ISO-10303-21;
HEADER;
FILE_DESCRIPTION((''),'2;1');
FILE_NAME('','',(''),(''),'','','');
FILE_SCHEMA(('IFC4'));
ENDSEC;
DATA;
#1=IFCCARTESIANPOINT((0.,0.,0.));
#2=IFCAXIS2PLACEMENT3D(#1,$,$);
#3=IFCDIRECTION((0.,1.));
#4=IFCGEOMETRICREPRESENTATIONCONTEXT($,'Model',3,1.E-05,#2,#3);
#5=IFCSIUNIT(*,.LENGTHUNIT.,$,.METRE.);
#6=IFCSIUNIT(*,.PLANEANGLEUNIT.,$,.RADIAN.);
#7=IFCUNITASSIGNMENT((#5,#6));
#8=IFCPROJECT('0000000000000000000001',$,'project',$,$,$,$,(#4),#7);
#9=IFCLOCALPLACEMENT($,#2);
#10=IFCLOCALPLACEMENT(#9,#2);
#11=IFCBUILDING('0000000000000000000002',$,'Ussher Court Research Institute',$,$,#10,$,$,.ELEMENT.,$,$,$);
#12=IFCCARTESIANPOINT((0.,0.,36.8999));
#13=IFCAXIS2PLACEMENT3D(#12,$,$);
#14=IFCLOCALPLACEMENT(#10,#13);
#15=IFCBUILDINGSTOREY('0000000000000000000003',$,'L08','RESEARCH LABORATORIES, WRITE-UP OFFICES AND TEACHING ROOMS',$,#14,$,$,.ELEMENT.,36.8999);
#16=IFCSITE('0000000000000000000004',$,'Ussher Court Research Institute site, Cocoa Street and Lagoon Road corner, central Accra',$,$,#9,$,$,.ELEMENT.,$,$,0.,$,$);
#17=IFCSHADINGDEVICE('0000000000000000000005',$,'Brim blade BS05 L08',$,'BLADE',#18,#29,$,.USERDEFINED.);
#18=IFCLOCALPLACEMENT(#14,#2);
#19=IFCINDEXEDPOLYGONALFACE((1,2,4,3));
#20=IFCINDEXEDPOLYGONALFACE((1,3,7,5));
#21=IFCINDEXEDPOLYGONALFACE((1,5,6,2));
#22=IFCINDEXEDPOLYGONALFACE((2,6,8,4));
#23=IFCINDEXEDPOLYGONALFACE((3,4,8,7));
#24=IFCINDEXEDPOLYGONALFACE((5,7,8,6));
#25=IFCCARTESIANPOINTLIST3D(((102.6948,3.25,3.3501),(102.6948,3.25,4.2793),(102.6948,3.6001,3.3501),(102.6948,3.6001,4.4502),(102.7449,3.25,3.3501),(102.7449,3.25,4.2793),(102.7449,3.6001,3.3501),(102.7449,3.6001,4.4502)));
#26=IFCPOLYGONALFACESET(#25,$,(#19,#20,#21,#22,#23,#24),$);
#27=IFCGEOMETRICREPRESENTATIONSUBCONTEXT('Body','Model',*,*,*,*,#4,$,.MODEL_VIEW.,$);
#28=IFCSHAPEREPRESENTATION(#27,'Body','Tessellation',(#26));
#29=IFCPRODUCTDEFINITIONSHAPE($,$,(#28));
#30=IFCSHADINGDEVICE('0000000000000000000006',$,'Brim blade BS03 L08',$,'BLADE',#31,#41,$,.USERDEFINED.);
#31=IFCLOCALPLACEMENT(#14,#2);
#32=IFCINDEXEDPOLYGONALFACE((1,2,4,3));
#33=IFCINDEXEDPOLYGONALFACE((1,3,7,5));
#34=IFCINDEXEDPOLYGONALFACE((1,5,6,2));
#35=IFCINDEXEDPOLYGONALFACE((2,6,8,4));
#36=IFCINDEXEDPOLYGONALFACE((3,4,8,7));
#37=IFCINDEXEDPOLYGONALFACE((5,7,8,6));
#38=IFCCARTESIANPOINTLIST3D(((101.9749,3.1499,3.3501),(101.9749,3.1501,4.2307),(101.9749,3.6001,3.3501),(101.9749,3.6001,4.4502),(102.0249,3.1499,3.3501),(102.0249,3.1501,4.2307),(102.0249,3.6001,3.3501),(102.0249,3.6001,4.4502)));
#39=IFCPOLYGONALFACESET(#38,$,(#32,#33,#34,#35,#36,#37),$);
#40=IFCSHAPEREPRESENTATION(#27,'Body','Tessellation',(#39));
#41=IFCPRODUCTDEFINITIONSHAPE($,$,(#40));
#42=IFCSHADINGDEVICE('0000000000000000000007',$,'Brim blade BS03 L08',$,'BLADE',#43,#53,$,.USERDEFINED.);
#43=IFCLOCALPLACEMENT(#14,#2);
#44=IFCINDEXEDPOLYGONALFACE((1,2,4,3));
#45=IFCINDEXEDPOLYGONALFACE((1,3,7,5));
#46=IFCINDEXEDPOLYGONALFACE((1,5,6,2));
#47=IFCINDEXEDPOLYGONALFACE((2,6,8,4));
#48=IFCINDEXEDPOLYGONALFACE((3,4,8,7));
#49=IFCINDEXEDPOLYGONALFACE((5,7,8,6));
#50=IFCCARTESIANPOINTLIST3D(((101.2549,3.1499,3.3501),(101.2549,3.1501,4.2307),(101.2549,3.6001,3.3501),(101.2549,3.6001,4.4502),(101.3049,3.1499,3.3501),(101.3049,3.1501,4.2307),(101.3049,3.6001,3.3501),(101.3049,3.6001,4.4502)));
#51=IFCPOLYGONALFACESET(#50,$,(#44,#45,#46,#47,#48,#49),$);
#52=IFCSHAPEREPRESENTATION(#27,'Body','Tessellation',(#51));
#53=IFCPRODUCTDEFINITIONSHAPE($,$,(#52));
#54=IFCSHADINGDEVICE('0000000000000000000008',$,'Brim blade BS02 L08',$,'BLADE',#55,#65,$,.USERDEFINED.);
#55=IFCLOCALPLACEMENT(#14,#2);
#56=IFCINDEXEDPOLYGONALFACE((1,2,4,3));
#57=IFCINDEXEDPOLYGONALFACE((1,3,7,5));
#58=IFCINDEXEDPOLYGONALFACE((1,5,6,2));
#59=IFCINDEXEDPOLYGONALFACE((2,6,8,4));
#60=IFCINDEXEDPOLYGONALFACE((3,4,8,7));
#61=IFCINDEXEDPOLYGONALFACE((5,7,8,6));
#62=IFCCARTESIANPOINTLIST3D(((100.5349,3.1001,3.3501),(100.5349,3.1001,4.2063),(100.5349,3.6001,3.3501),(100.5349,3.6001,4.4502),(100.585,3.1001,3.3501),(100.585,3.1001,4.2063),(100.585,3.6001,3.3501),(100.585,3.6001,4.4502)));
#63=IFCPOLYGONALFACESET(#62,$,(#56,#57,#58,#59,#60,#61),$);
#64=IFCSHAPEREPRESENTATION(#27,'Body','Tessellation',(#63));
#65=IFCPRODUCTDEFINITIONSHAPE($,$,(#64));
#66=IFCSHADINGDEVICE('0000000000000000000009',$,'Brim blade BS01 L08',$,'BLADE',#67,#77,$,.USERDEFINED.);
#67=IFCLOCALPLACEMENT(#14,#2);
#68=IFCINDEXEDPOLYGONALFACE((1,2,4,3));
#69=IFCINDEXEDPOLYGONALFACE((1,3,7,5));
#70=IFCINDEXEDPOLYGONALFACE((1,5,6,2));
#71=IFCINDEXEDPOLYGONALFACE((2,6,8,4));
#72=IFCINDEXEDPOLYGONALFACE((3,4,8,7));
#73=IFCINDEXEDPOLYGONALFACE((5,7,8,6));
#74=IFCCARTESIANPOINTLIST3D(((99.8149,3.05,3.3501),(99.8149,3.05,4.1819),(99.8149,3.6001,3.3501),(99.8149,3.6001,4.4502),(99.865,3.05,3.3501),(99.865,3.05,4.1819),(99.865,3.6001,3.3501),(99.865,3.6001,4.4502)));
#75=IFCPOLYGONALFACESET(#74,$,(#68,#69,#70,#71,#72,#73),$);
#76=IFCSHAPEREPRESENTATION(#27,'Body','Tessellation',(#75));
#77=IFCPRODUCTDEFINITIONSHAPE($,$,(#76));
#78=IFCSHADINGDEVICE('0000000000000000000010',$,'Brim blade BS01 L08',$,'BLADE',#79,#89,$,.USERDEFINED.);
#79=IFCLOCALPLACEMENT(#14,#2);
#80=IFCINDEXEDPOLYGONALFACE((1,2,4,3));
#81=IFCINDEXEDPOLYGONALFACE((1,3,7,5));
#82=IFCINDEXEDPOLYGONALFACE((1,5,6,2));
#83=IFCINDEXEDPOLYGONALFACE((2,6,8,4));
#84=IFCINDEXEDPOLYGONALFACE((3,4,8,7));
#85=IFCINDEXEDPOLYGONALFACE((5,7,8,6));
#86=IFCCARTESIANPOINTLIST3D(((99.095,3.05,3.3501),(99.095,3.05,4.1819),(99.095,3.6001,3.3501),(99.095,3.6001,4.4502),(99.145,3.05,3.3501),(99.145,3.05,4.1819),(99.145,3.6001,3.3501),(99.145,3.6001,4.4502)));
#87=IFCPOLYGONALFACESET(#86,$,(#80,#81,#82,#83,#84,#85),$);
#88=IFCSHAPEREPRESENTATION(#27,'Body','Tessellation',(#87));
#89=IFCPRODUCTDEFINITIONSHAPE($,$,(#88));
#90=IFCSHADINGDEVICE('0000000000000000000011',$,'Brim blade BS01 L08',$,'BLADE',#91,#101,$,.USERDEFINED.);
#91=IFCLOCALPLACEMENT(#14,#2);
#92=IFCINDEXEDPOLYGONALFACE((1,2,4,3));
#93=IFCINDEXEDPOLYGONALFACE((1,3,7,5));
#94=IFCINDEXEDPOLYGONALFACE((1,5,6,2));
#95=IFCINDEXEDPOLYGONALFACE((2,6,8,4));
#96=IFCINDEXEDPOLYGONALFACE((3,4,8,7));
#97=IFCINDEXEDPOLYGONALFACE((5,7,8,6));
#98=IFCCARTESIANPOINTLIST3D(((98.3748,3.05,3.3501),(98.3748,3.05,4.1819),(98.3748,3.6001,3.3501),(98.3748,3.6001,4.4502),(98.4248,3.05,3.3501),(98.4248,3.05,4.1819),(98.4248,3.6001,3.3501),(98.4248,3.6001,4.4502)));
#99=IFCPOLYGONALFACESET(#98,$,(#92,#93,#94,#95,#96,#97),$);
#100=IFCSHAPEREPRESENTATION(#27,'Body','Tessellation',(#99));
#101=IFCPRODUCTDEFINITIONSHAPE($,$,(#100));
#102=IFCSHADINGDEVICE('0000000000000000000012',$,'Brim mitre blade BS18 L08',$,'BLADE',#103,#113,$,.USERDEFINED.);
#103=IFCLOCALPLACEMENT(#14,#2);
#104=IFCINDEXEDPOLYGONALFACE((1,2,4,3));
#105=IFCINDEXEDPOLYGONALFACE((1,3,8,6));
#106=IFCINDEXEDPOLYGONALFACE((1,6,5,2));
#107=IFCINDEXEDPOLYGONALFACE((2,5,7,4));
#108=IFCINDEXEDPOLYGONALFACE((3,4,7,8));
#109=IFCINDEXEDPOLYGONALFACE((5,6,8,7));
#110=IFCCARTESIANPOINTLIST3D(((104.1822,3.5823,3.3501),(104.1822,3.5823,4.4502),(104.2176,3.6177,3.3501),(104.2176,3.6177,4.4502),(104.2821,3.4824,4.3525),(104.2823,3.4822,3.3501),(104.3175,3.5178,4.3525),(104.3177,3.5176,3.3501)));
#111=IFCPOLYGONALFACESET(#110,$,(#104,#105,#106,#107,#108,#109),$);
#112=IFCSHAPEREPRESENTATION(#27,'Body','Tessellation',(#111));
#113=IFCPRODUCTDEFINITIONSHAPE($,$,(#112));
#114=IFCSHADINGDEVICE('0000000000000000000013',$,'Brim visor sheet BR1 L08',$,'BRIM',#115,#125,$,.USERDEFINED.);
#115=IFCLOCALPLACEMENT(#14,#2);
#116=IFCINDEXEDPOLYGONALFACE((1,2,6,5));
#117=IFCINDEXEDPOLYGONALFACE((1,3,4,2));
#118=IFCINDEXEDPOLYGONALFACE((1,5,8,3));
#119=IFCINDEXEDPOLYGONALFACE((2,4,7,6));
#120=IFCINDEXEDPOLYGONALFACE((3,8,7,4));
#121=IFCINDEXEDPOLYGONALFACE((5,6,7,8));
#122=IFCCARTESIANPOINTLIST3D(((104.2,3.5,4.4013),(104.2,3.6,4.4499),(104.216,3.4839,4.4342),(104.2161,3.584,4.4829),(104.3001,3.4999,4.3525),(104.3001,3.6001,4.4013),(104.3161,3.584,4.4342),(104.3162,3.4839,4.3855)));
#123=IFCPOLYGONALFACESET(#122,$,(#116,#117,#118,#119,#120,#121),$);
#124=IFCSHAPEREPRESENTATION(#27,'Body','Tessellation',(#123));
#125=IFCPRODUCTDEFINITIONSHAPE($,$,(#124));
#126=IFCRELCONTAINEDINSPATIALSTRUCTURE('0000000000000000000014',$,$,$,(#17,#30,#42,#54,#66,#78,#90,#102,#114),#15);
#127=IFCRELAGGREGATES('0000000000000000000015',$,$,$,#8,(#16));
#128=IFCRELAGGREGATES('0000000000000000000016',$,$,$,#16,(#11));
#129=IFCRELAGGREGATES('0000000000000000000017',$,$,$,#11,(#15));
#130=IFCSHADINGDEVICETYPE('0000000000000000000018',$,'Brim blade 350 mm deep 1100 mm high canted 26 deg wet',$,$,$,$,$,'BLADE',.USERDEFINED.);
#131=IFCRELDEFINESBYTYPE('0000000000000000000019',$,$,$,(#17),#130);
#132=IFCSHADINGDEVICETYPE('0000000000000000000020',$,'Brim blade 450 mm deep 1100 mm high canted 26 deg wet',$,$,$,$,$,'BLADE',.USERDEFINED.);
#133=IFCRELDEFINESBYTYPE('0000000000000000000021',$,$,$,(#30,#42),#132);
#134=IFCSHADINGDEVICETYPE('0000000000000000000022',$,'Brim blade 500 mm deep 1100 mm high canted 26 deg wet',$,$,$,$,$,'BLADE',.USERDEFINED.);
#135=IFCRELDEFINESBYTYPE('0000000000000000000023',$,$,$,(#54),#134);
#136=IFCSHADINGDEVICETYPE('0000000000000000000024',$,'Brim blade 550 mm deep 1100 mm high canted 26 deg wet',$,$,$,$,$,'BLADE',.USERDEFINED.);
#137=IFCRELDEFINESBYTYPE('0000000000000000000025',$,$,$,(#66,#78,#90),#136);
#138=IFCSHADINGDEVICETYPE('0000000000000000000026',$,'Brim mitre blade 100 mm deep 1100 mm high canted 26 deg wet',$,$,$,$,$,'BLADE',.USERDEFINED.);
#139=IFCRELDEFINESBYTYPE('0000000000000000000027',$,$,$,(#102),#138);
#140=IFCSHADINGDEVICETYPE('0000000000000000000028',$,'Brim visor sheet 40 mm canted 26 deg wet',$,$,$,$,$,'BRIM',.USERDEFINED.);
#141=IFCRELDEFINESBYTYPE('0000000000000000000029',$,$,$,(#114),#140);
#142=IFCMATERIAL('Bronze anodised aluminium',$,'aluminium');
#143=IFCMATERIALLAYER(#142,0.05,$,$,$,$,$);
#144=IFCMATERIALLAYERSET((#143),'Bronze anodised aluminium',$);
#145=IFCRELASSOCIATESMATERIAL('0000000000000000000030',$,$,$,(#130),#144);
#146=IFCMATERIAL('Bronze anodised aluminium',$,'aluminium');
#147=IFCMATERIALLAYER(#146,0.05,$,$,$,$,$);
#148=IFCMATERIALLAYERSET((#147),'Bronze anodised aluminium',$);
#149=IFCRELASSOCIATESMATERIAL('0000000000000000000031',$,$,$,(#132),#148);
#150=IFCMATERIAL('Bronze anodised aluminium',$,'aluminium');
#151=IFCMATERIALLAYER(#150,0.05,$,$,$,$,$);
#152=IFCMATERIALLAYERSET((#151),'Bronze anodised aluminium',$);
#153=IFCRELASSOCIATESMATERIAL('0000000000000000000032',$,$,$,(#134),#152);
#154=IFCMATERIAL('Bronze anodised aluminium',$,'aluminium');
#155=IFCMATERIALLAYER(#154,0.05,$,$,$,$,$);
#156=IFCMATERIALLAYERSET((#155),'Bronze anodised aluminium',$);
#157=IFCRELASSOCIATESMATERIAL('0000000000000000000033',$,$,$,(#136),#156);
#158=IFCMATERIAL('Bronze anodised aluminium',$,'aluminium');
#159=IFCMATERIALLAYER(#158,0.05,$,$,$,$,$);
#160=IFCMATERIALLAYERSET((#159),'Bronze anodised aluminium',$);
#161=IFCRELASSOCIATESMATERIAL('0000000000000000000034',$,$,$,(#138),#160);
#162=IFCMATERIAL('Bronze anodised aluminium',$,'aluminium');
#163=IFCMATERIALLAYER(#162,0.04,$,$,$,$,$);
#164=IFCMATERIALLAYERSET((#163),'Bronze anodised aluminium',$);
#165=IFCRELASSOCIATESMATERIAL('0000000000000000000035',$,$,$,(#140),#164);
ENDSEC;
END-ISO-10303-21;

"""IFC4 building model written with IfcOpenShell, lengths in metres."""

from ifc_helpers import new_model, si_unit, direction, frame, origin, place, context, subcontext, project, spatial, polyline, outline, extrude, material, layer, layer_set, type_object, element, save


model = new_model("IFC4")

# Units and contexts
model_context = context("Model", 3, precision=1e-05, world=origin(), true_north=direction((0.0, 1.0)))
body_context = subcontext(model_context, "Body", "Model", "MODEL_VIEW")
ifc_project = project(units=[si_unit("LENGTHUNIT", "METRE"), si_unit("PLANEANGLEUNIT", "RADIAN")], contexts=[model_context])

# Site, building, storey
site_placement = place(None, origin())
site = spatial("IfcSite", under=ifc_project, at=site_placement, Name="Ussher Court Research Institute site, Cocoa Street and Lagoon Road corner, central Accra", CompositionType="ELEMENT", RefElevation=0.0)
building_placement = place(site_placement, origin())
building = spatial("IfcBuilding", under=site, at=building_placement, Name="Ussher Court Research Institute", CompositionType="ELEMENT")
storey_placement = place(building_placement, frame((0.0, 0.0, 36.8999)))
storey = spatial("IfcBuildingStorey", under=building, at=storey_placement, Name="L08", Description="RESEARCH LABORATORIES, WRITE-UP OFFICES AND TEACHING ROOMS", CompositionType="ELEMENT", Elevation=36.8999)

# Shading devices
ifc_material_1 = material(Name="Bronze anodised aluminium", Category="aluminium")
ifc_layer_1 = layer(ifc_material_1, 0.05)
ifc_layer_set_1 = layer_set([ifc_layer_1], Name="Bronze anodised aluminium")
shading_device_type_1 = type_object("IfcShadingDeviceType", Name="Brim blade 350 mm deep 1100 mm high canted 26 deg wet", ElementType="BLADE", PredefinedType="USERDEFINED", material=ifc_layer_set_1)
shading_device_1_placement = place(storey_placement, frame((102.72, 3.6001, 3.3501), z_axis=(0.0, 0.0, 1.0), x_axis=(0.0, -1.0, 0.0)))
element("IfcShadingDevice", 1, at=shading_device_1_placement, inside=storey, type_object=shading_device_type_1, Name="Brim blade BS05 L08", ObjectType="BLADE", PredefinedType="USERDEFINED", context=body_context, shape_type="SweptSolid", body=[
    extrude(outline(polyline([(0.0, 0.0), (0.3501, 0.0), (0.3501, 0.9292), (0.0, 1.1001), (0.0, 0.0)])), frame((0.0, 0.0249, 0.0), z_axis=(0.0, -1.0, 0.0), x_axis=(1.0, 0.0, 0.0)), (0.0, 0.0, 1.0), 0.05),
])
ifc_material_2 = material(Name="Bronze anodised aluminium", Category="aluminium")
ifc_layer_2 = layer(ifc_material_2, 0.05)
ifc_layer_set_2 = layer_set([ifc_layer_2], Name="Bronze anodised aluminium")
shading_device_type_2 = type_object("IfcShadingDeviceType", Name="Brim blade 450 mm deep 1100 mm high canted 26 deg wet", ElementType="BLADE", PredefinedType="USERDEFINED", material=ifc_layer_set_2)
for number, where, z_axis, x_axis, name in (
    (2, (102.0, 3.6001, 3.3501), (0.0, 0.0, 1.0), (0.0, -1.0, 0.0), "Brim blade BS03 L08"),
    (3, (101.28, 3.6001, 3.3501), (0.0, 0.0, 1.0), (0.0, -1.0, 0.0), "Brim blade BS03 L08"),
):
    element("IfcShadingDevice", number, at=place(storey_placement, frame(where, z_axis=z_axis, x_axis=x_axis)), inside=storey, type_object=shading_device_type_2, Name=name, ObjectType="BLADE", PredefinedType="USERDEFINED", context=body_context, shape_type="SweptSolid", body=[
        extrude(outline(polyline([(0.0, 0.0), (0.4502, 0.0), (0.45, 0.8806), (0.0, 1.1001), (0.0, 0.0)])), frame((0.0, 0.0249, 0.0), z_axis=(0.0, -1.0, 0.0), x_axis=(1.0, 0.0, 0.0)), (0.0, 0.0, 1.0), 0.05),
    ])
ifc_material_3 = material(Name="Bronze anodised aluminium", Category="aluminium")
ifc_layer_3 = layer(ifc_material_3, 0.05)
ifc_layer_set_3 = layer_set([ifc_layer_3], Name="Bronze anodised aluminium")
shading_device_type_3 = type_object("IfcShadingDeviceType", Name="Brim blade 500 mm deep 1100 mm high canted 26 deg wet", ElementType="BLADE", PredefinedType="USERDEFINED", material=ifc_layer_set_3)
shading_device_2_placement = place(storey_placement, frame((100.5601, 3.6001, 3.3501), z_axis=(0.0, 0.0, 1.0), x_axis=(0.0, -1.0, 0.0)))
element("IfcShadingDevice", 4, at=shading_device_2_placement, inside=storey, type_object=shading_device_type_3, Name="Brim blade BS02 L08", ObjectType="BLADE", PredefinedType="USERDEFINED", context=body_context, shape_type="SweptSolid", body=[
    extrude(outline(polyline([(0.0, 0.0), (0.5, 0.0), (0.5, 0.8562), (0.0, 1.1001), (0.0, 0.0)])), frame((0.0, 0.0249, 0.0), z_axis=(0.0, -1.0, 0.0), x_axis=(1.0, 0.0, 0.0)), (0.0, 0.0, 1.0), 0.05),
])
ifc_material_4 = material(Name="Bronze anodised aluminium", Category="aluminium")
ifc_layer_4 = layer(ifc_material_4, 0.05)
ifc_layer_set_4 = layer_set([ifc_layer_4], Name="Bronze anodised aluminium")
shading_device_type_4 = type_object("IfcShadingDeviceType", Name="Brim blade 550 mm deep 1100 mm high canted 26 deg wet", ElementType="BLADE", PredefinedType="USERDEFINED", material=ifc_layer_set_4)
for number, where, z_axis, x_axis, name in (
    (5, (99.8401, 3.6001, 3.3501), (0.0, 0.0, 1.0), (0.0, -1.0, 0.0), "Brim blade BS01 L08"),
    (6, (99.1201, 3.6001, 3.3501), (0.0, 0.0, 1.0), (0.0, -1.0, 0.0), "Brim blade BS01 L08"),
    (7, (98.3999, 3.6001, 3.3501), (0.0, 0.0, 1.0), (0.0, -1.0, 0.0), "Brim blade BS01 L08"),
):
    element("IfcShadingDevice", number, at=place(storey_placement, frame(where, z_axis=z_axis, x_axis=x_axis)), inside=storey, type_object=shading_device_type_4, Name=name, ObjectType="BLADE", PredefinedType="USERDEFINED", context=body_context, shape_type="SweptSolid", body=[
        extrude(outline(polyline([(0.0, 0.0), (0.55, 0.0), (0.55, 0.8318), (0.0, 1.1001), (0.0, 0.0)])), frame((0.0, 0.0249, 0.0), z_axis=(0.0, -1.0, 0.0), x_axis=(1.0, 0.0, 0.0)), (0.0, 0.0, 1.0), 0.05),
    ])
ifc_material_5 = material(Name="Bronze anodised aluminium", Category="aluminium")
ifc_layer_5 = layer(ifc_material_5, 0.05)
ifc_layer_set_5 = layer_set([ifc_layer_5], Name="Bronze anodised aluminium")
shading_device_type_5 = type_object("IfcShadingDeviceType", Name="Brim mitre blade 100 mm deep 1100 mm high canted 26 deg wet", ElementType="BLADE", PredefinedType="USERDEFINED", material=ifc_layer_set_5)
shading_device_3_placement = place(storey_placement, frame((104.2, 3.6001, 3.3501), z_axis=(0.0, 0.0, 1.0), x_axis=(0.707107, -0.707107, 0.0)))
element("IfcShadingDevice", 8, at=shading_device_3_placement, inside=storey, type_object=shading_device_type_5, Name="Brim mitre blade BS18 L08", ObjectType="BLADE", PredefinedType="USERDEFINED", context=body_context, shape_type="SweptSolid", body=[
    extrude(outline(polyline([(0.0, 0.0), (0.1416, 0.0), (0.1414, 1.0024), (0.0, 1.1001), (0.0, 0.0)])), frame((0.0, 0.0249, 0.0), z_axis=(0.0, -1.0, 0.0), x_axis=(1.0, 0.0, 0.0)), (0.0, 0.0, 1.0), 0.05),
])
ifc_material_6 = material(Name="Bronze anodised aluminium", Category="aluminium")
ifc_layer_6 = layer(ifc_material_6, 0.04)
ifc_layer_set_6 = layer_set([ifc_layer_6], Name="Bronze anodised aluminium")
shading_device_type_6 = type_object("IfcShadingDeviceType", Name="Brim visor sheet 40 mm canted 26 deg wet", ElementType="BRIM", PredefinedType="USERDEFINED", material=ifc_layer_set_6)
shading_device_4_placement = place(storey_placement, frame((104.2161, 3.584, 4.4829), z_axis=(0.400848, -0.400848, 0.823797), x_axis=(-0.000362, -0.899269, -0.437395)))
element("IfcShadingDevice", 9, at=shading_device_4_placement, inside=storey, type_object=shading_device_type_6, Name="Brim visor sheet BR1 L08", ObjectType="BRIM", PredefinedType="USERDEFINED", context=body_context, shape_type="SweptSolid", body=[
    extrude(outline(polyline([(0.0, 0.0), (0.1113, 0.0), (0.1326, 0.1093), (0.0212, 0.1092), (0.0, 0.0)])), origin(), (0.0, 0.0, -1.0), 0.04),
])

save(model, "model.ifc")
